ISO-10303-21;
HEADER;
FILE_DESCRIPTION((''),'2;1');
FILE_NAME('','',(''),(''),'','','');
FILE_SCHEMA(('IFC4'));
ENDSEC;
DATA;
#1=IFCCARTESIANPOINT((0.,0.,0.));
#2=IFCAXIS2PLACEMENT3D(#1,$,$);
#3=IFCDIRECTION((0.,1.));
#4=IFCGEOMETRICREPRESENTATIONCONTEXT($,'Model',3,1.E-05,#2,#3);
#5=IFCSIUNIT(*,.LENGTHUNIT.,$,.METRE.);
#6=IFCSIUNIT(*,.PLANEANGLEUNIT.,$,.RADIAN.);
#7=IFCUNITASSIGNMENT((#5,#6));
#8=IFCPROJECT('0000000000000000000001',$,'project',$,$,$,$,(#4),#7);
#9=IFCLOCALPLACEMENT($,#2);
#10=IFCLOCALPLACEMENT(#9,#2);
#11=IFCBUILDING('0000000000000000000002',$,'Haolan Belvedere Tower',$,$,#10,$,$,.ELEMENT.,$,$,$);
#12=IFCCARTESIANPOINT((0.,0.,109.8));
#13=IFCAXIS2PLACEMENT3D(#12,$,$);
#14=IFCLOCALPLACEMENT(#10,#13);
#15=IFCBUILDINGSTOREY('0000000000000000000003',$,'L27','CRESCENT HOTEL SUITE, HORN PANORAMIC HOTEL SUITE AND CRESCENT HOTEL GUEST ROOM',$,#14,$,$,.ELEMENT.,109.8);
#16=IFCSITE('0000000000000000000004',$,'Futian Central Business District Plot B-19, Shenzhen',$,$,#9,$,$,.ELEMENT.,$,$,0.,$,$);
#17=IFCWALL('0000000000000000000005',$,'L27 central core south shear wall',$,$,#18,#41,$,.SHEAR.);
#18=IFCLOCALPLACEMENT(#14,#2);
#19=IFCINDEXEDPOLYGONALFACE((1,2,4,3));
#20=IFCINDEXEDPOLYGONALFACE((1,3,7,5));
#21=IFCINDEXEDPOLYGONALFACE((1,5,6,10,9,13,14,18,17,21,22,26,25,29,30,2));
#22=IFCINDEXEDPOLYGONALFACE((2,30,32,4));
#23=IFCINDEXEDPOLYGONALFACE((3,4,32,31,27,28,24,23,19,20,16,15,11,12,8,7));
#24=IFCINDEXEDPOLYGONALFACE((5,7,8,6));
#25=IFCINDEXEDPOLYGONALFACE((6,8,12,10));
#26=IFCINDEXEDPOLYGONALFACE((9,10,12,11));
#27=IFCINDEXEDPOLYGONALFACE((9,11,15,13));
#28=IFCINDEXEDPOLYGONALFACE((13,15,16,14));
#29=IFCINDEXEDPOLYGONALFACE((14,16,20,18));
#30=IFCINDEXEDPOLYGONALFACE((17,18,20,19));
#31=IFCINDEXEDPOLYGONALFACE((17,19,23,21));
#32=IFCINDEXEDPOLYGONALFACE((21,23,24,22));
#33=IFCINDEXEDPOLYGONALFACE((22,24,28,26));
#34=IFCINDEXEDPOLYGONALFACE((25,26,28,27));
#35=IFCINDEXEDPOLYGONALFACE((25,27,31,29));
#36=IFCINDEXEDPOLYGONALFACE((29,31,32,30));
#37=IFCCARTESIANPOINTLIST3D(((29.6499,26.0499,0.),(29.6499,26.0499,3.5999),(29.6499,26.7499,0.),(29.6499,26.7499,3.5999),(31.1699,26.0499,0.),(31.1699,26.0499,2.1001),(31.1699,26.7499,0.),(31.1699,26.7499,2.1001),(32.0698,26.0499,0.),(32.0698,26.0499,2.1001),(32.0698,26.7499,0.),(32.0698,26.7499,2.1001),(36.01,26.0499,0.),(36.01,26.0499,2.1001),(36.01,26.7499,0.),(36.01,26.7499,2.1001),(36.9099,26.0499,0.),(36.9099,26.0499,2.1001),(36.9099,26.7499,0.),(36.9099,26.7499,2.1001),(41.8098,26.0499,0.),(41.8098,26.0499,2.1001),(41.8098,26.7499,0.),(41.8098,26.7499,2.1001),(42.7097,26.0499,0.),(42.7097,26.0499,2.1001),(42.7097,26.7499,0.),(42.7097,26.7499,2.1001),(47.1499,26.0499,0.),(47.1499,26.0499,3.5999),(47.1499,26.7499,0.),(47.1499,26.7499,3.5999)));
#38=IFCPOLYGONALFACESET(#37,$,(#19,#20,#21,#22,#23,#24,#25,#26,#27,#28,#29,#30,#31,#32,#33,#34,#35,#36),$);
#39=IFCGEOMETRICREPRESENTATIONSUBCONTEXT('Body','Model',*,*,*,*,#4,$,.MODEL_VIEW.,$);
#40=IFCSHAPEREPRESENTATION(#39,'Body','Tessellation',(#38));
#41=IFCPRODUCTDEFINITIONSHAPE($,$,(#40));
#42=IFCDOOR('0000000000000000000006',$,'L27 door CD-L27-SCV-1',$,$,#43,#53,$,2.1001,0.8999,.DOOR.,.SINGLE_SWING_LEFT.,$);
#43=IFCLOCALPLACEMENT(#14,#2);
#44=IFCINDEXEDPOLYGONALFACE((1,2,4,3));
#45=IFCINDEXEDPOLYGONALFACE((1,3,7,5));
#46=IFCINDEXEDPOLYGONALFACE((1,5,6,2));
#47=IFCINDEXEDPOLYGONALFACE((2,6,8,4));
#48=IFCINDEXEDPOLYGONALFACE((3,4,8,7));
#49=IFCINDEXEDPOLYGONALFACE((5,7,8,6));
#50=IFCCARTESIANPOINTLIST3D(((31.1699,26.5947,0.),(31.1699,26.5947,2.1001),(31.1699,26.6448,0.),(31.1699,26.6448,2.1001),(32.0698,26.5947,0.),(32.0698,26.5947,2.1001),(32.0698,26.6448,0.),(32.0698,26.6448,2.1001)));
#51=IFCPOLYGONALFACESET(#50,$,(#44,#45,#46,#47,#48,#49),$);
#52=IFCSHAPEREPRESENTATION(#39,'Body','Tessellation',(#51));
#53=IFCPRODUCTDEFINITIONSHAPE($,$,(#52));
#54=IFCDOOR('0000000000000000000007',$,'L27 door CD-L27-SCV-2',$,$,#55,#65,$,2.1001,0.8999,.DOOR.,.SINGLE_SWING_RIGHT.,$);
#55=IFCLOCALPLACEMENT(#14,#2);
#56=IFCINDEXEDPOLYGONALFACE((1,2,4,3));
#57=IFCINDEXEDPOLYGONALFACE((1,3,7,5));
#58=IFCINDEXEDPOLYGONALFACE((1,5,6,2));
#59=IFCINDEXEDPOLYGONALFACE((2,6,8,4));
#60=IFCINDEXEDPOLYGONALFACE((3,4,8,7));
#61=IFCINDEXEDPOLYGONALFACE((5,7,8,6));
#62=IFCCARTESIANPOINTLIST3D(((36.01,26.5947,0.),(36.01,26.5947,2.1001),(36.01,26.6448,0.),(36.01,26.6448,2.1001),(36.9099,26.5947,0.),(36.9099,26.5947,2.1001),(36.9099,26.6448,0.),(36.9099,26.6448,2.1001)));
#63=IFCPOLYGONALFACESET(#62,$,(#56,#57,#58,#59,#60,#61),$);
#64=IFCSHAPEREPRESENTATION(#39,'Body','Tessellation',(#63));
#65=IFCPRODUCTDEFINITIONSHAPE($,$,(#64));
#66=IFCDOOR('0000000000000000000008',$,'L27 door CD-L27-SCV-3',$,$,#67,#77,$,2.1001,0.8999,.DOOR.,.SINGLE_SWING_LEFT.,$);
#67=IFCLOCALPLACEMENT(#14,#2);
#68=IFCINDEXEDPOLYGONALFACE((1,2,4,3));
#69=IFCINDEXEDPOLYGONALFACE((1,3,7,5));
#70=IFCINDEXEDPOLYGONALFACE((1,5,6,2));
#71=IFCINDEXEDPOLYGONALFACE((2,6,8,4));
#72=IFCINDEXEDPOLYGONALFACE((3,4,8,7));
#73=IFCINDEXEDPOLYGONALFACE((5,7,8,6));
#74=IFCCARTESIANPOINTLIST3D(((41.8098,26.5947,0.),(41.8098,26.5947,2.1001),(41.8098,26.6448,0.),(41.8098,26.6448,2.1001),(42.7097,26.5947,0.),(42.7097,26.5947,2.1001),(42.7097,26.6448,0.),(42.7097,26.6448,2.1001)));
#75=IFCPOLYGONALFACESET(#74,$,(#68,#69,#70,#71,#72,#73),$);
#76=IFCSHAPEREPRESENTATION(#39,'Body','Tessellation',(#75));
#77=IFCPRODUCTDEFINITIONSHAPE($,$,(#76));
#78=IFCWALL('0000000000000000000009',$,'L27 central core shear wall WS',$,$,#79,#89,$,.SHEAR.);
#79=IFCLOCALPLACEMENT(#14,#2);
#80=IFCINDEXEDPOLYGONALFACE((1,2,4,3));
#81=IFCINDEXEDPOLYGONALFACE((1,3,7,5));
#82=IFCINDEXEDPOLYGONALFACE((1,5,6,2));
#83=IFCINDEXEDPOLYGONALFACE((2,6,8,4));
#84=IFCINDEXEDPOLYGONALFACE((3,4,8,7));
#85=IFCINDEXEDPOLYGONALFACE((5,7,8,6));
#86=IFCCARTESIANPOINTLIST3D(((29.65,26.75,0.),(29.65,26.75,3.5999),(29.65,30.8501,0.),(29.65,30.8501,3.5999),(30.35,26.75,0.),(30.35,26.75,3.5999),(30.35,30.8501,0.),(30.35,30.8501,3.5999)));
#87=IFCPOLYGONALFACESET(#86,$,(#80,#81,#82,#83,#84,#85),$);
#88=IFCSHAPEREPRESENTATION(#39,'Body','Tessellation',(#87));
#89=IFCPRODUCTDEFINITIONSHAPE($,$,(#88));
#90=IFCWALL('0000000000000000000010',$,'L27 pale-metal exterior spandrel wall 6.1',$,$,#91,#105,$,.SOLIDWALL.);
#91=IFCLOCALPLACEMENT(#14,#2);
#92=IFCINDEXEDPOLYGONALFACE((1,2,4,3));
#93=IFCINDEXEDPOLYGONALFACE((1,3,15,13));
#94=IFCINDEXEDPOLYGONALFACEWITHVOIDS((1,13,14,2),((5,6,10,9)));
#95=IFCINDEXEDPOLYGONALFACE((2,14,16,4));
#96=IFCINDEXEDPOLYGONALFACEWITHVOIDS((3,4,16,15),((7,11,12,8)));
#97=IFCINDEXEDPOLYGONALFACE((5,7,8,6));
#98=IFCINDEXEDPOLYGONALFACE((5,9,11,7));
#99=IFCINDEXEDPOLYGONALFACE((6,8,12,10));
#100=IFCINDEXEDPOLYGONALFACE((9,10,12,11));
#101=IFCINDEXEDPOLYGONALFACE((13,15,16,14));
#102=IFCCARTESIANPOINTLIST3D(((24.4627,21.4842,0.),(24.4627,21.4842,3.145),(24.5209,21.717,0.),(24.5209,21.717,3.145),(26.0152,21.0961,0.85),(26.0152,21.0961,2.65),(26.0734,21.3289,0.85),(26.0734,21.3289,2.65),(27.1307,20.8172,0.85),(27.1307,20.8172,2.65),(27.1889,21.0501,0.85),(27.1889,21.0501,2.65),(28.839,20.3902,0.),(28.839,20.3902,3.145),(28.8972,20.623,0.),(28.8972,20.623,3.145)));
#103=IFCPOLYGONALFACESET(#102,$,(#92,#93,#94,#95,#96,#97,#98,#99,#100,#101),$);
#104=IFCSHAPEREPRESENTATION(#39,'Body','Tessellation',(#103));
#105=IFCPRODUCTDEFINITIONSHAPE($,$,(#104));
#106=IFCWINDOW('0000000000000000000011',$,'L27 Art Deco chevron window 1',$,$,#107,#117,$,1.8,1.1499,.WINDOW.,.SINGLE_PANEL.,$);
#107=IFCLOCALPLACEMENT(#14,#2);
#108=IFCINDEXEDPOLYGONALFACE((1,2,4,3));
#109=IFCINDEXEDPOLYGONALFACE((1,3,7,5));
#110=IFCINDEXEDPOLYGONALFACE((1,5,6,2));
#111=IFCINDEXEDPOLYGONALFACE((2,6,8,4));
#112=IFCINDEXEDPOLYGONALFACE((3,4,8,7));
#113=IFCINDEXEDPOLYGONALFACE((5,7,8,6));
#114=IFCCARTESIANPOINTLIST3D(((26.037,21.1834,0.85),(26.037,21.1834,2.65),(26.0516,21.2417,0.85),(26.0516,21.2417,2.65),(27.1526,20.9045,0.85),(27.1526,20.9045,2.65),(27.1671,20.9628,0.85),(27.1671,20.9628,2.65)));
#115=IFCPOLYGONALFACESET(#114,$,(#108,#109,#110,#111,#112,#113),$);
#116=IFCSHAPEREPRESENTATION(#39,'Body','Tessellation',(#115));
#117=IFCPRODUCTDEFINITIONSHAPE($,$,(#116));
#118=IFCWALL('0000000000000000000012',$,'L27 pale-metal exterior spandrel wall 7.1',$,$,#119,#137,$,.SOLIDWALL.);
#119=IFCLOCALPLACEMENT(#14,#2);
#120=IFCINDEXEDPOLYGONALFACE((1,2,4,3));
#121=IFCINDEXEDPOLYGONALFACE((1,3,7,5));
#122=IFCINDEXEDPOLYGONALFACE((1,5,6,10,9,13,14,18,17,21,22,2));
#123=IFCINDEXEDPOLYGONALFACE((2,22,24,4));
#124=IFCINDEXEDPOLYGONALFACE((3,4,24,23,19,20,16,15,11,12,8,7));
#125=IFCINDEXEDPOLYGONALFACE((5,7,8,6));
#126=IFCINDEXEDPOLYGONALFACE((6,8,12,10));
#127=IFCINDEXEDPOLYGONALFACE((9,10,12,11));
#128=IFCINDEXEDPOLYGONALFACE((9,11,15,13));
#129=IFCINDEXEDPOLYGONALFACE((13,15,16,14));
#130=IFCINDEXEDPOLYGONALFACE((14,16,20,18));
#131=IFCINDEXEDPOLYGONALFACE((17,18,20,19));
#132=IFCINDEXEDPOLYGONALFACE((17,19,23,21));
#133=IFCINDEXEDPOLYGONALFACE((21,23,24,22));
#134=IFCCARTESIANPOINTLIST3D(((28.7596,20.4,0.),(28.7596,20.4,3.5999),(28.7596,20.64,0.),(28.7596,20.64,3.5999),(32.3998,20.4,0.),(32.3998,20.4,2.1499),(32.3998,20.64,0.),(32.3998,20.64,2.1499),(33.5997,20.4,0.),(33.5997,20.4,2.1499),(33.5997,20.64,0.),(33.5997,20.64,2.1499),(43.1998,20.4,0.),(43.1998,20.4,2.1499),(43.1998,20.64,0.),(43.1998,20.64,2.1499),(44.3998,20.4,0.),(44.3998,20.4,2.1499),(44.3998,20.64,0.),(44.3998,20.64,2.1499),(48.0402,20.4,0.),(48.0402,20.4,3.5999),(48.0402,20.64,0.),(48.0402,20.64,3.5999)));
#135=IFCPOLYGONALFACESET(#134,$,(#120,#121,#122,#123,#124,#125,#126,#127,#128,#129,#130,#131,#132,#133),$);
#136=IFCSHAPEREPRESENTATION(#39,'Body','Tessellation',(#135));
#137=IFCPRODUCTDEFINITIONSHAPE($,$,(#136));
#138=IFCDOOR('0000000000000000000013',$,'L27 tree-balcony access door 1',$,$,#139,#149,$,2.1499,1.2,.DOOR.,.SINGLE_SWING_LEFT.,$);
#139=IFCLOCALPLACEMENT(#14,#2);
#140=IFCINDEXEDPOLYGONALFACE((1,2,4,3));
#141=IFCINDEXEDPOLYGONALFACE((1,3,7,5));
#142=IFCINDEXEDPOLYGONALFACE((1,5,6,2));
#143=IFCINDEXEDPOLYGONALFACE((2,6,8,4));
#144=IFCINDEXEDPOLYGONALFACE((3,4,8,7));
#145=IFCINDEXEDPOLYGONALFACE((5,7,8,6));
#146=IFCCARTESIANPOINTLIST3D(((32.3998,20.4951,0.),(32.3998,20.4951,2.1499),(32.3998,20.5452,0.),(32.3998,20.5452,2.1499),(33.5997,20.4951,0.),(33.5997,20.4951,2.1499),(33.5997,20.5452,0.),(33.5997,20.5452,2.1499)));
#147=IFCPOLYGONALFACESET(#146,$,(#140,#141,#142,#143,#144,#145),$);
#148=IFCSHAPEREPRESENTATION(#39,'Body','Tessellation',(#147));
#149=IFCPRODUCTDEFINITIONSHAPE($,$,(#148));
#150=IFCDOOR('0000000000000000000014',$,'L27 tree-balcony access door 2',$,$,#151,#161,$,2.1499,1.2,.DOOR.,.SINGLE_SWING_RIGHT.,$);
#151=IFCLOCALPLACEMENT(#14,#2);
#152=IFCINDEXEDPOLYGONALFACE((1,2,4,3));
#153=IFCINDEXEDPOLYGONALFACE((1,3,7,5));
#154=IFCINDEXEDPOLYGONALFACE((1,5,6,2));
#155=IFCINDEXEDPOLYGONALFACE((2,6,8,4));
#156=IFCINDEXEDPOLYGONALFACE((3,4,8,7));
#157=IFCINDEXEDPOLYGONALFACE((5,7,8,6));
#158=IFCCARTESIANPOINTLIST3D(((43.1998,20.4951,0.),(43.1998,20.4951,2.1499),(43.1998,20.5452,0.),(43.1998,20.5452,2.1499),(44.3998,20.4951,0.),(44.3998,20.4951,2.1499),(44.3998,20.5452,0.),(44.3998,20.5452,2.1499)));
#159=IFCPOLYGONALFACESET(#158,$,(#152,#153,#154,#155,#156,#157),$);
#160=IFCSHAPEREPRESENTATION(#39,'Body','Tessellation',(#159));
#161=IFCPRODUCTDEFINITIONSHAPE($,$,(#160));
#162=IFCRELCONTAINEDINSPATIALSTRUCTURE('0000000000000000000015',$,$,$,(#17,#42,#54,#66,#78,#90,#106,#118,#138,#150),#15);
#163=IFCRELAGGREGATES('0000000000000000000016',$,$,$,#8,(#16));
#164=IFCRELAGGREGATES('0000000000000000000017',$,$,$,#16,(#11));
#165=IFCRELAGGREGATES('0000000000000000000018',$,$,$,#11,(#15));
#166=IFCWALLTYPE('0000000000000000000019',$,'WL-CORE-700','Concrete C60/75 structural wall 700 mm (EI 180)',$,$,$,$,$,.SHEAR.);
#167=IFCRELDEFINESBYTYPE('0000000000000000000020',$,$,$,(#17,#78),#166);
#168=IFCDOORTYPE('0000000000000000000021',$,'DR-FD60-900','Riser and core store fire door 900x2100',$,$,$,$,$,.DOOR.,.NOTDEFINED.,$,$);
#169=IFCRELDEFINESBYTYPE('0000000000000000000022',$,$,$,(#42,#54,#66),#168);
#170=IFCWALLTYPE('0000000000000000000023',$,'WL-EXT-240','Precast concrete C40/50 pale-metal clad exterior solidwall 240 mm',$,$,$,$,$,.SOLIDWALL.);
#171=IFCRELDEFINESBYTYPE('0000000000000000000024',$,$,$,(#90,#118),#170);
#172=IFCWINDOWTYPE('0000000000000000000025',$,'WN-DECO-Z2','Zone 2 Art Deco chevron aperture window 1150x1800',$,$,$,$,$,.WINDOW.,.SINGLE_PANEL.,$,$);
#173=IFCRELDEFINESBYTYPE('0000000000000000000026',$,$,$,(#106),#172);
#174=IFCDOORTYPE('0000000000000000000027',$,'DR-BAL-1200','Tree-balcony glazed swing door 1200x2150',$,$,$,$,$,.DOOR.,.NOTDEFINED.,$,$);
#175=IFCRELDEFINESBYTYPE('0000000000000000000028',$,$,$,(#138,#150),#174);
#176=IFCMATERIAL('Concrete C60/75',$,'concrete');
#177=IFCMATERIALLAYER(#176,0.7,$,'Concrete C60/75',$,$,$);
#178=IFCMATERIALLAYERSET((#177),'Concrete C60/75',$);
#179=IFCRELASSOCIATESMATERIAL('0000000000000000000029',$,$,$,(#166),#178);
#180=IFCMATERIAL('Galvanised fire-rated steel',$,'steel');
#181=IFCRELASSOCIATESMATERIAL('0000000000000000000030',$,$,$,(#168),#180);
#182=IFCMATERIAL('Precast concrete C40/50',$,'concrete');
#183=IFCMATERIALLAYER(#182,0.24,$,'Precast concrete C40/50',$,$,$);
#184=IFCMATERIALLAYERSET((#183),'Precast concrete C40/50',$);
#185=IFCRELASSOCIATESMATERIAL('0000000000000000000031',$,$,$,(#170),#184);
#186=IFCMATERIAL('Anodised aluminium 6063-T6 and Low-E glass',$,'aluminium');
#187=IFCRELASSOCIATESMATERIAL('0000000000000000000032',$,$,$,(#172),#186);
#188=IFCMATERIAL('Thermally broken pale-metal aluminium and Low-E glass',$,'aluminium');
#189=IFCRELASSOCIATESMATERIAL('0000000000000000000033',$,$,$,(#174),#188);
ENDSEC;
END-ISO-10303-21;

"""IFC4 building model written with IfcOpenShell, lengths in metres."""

from ifc_helpers import new_model, si_unit, direction, frame, frame_2d, origin, place, context, subcontext, project, spatial, rectangle, extrude, material, layer, layer_set, type_object, element, fill, save


model = new_model("IFC4")

# Units and contexts
model_context = context("Model", 3, precision=1e-05, world=origin(), true_north=direction((0.0, 1.0)))
body_context = subcontext(model_context, "Body", "Model", "MODEL_VIEW")
ifc_project = project(units=[si_unit("LENGTHUNIT", "METRE"), si_unit("PLANEANGLEUNIT", "RADIAN")], contexts=[model_context])

# Site, building, storey
site_placement = place(None, origin())
site = spatial("IfcSite", under=ifc_project, at=site_placement, Name="Futian Central Business District Plot B-19, Shenzhen", CompositionType="ELEMENT", RefElevation=0.0)
building_placement = place(site_placement, origin())
building = spatial("IfcBuilding", under=site, at=building_placement, Name="Haolan Belvedere Tower", CompositionType="ELEMENT")
storey_placement = place(building_placement, frame((0.0, 0.0, 109.8)))
storey = spatial("IfcBuildingStorey", under=building, at=storey_placement, Name="L27", Description="CRESCENT HOTEL SUITE, HORN PANORAMIC HOTEL SUITE AND CRESCENT HOTEL GUEST ROOM", CompositionType="ELEMENT", Elevation=109.8)

# Wall, openings, doors
ifc_material_1 = material(Name="Concrete C60/75", Category="concrete")
ifc_layer_1 = layer(ifc_material_1, 0.7, Name="Concrete C60/75")
ifc_layer_set_1 = layer_set([ifc_layer_1], Name="Concrete C60/75")
wall_type_1 = type_object("IfcWallType", Name="WL-CORE-700", Description="Concrete C60/75 structural wall 700 mm (EI 180)", PredefinedType="SHEAR", material=ifc_layer_set_1)
wall_1_placement = place(storey_placement, frame((29.6499, 26.3999, 0.0), z_axis=(0.0, 0.0, 1.0), x_axis=(1.0, 0.0, 0.0)))
wall_1 = element("IfcWall", 1, at=wall_1_placement, inside=storey, type_object=wall_type_1, Name="L27 central core south shear wall", PredefinedType="SHEAR", context=body_context, shape_type="SweptSolid", body=[
    extrude(rectangle(XDim=17.5, YDim=0.7, at=frame_2d((8.75, 0.0))), origin(), (0.0, 0.0, 1.0), 3.5999),
])
opening_1_placement = place(wall_1_placement, frame((2.4199, 0.0, 0.0), z_axis=(0.0, 0.0, 1.0), x_axis=(-1.0, 0.0, 0.0)))
opening_1 = element("IfcOpeningElement", 2, at=opening_1_placement, cuts=wall_1, PredefinedType="OPENING", context=body_context, shape_type="SweptSolid", body=[
    extrude(rectangle(XDim=0.8999, YDim=2.1001, at=frame_2d((0.45, 1.05))), frame((0.0, 0.3599, 0.0), z_axis=(0.0, -1.0, 0.0), x_axis=(1.0, 0.0, 0.0)), (0.0, 0.0, 1.0), 0.72),
])
opening_2_placement = place(wall_1_placement, frame((7.26, 0.0, 0.0), z_axis=(0.0, 0.0, 1.0), x_axis=(-1.0, 0.0, 0.0)))
opening_2 = element("IfcOpeningElement", 3, at=opening_2_placement, cuts=wall_1, PredefinedType="OPENING", context=body_context, shape_type="SweptSolid", body=[
    extrude(rectangle(XDim=0.8999, YDim=2.1001, at=frame_2d((0.45, 1.05))), frame((0.0, 0.3599, 0.0), z_axis=(0.0, -1.0, 0.0), x_axis=(1.0, 0.0, 0.0)), (0.0, 0.0, 1.0), 0.72),
])
opening_3_placement = place(wall_1_placement, frame((13.0598, 0.0, 0.0), z_axis=(0.0, 0.0, 1.0), x_axis=(-1.0, 0.0, 0.0)))
opening_3 = element("IfcOpeningElement", 4, at=opening_3_placement, cuts=wall_1, PredefinedType="OPENING", context=body_context, shape_type="SweptSolid", body=[
    extrude(rectangle(XDim=0.8999, YDim=2.1001, at=frame_2d((0.45, 1.05))), frame((0.0, 0.3599, 0.0), z_axis=(0.0, -1.0, 0.0), x_axis=(1.0, 0.0, 0.0)), (0.0, 0.0, 1.0), 0.72),
])
ifc_material_2 = material(Name="Galvanised fire-rated steel", Category="steel")
door_type_1 = type_object("IfcDoorType", Name="DR-FD60-900", Description="Riser and core store fire door 900x2100", OperationType="NOTDEFINED", PredefinedType="DOOR", material=ifc_material_2)
door_1_placement = place(opening_1_placement, origin())
door_1 = element("IfcDoor", 5, at=door_1_placement, inside=storey, type_object=door_type_1, Name="L27 door CD-L27-SCV-1", OperationType="SINGLE_SWING_LEFT", OverallHeight=2.1001, OverallWidth=0.8999, PredefinedType="DOOR", context=body_context, shape_type="SweptSolid", body=[
    extrude(rectangle(XDim=0.8999, YDim=2.1001, at=frame_2d((0.45, 1.05))), frame((0.0, -0.1948, 0.0), z_axis=(0.0, -1.0, 0.0), x_axis=(1.0, 0.0, 0.0)), (0.0, 0.0, 1.0), 0.05),
])
fill(opening_1, door_1)
door_2_placement = place(opening_2_placement, origin())
door_2 = element("IfcDoor", 6, at=door_2_placement, inside=storey, type_object=door_type_1, Name="L27 door CD-L27-SCV-2", OperationType="SINGLE_SWING_RIGHT", OverallHeight=2.1001, OverallWidth=0.8999, PredefinedType="DOOR", context=body_context, shape_type="SweptSolid", body=[
    extrude(rectangle(XDim=0.8999, YDim=2.1001, at=frame_2d((0.45, 1.05))), frame((0.0, -0.1948, 0.0), z_axis=(0.0, -1.0, 0.0), x_axis=(1.0, 0.0, 0.0)), (0.0, 0.0, 1.0), 0.05),
])
fill(opening_2, door_2)
door_3_placement = place(opening_3_placement, origin())
door_3 = element("IfcDoor", 7, at=door_3_placement, inside=storey, type_object=door_type_1, Name="L27 door CD-L27-SCV-3", OperationType="SINGLE_SWING_LEFT", OverallHeight=2.1001, OverallWidth=0.8999, PredefinedType="DOOR", context=body_context, shape_type="SweptSolid", body=[
    extrude(rectangle(XDim=0.8999, YDim=2.1001, at=frame_2d((0.45, 1.05))), frame((0.0, -0.1948, 0.0), z_axis=(0.0, -1.0, 0.0), x_axis=(1.0, 0.0, 0.0)), (0.0, 0.0, 1.0), 0.05),
])
fill(opening_3, door_3)

# Wall
wall_2_placement = place(storey_placement, frame((30.0, 26.75, 0.0), z_axis=(0.0, 0.0, 1.0), x_axis=(0.0, 1.0, 0.0)))
element("IfcWall", 8, at=wall_2_placement, inside=storey, type_object=wall_type_1, Name="L27 central core shear wall WS", PredefinedType="SHEAR", context=body_context, shape_type="SweptSolid", body=[
    extrude(rectangle(XDim=4.1001, YDim=0.7, at=frame_2d((2.05, 0.0))), origin(), (0.0, 0.0, 1.0), 3.5999),
])

# Wall, opening, window
ifc_material_3 = material(Name="Precast concrete C40/50", Category="concrete")
ifc_layer_2 = layer(ifc_material_3, 0.24, Name="Precast concrete C40/50")
ifc_layer_set_2 = layer_set([ifc_layer_2], Name="Precast concrete C40/50")
wall_type_2 = type_object("IfcWallType", Name="WL-EXT-240", Description="Precast concrete C40/50 pale-metal clad exterior solidwall 240 mm", PredefinedType="SOLIDWALL", material=ifc_layer_set_2)
wall_3_placement = place(storey_placement, frame((24.4919, 21.6006, 0.0), z_axis=(0.0, 0.0, 1.0), x_axis=(0.970146, -0.242523, 0.0)))
wall_3 = element("IfcWall", 9, at=wall_3_placement, inside=storey, type_object=wall_type_2, Name="L27 pale-metal exterior spandrel wall 6.1", PredefinedType="SOLIDWALL", context=body_context, shape_type="SweptSolid", body=[
    extrude(rectangle(XDim=4.511, YDim=0.24, at=frame_2d((2.2554, 0.0))), origin(), (0.0, 0.0, 1.0), 3.145),
])
opening_4_placement = place(wall_3_placement, frame((1.6001, 0.0, 0.8501)))
opening_4 = element("IfcOpeningElement", 10, at=opening_4_placement, cuts=wall_3, PredefinedType="OPENING", context=body_context, shape_type="SweptSolid", body=[
    extrude(rectangle(XDim=1.1499, YDim=1.8, at=frame_2d((0.575, 0.8999))), frame((0.0, 0.1299, 0.0), z_axis=(0.0, -1.0, 0.0), x_axis=(1.0, 0.0, 0.0)), (0.0, 0.0, 1.0), 0.26),
])
ifc_material_4 = material(Name="Anodised aluminium 6063-T6 and Low-E glass", Category="aluminium")
window_type = type_object("IfcWindowType", Name="WN-DECO-Z2", Description="Zone 2 Art Deco chevron aperture window 1150x1800", PartitioningType="SINGLE_PANEL", PredefinedType="WINDOW", material=ifc_material_4)
window_placement = place(opening_4_placement, origin())
window = element("IfcWindow", 11, at=window_placement, inside=storey, type_object=window_type, Name="L27 Art Deco chevron window 1", OverallHeight=1.8, OverallWidth=1.1499, PartitioningType="SINGLE_PANEL", PredefinedType="WINDOW", context=body_context, shape_type="SweptSolid", body=[
    extrude(rectangle(XDim=1.1499, YDim=1.8, at=frame_2d((0.575, 0.8999))), frame((0.0, 0.03, 0.0), z_axis=(0.0, -1.0, 0.0), x_axis=(1.0, 0.0, 0.0)), (0.0, 0.0, 1.0), 0.0601),
])
fill(opening_4, window)

# Wall, openings, doors
wall_4_placement = place(storey_placement, frame((28.7598, 20.52, 0.0), z_axis=(0.0, 0.0, 1.0), x_axis=(1.0, 0.0, 0.0)))
wall_4 = element("IfcWall", 12, at=wall_4_placement, inside=storey, type_object=wall_type_2, Name="L27 pale-metal exterior spandrel wall 7.1", PredefinedType="SOLIDWALL", context=body_context, shape_type="SweptSolid", body=[
    extrude(rectangle(XDim=19.2805, YDim=0.24, at=frame_2d((9.6401, 0.0))), origin(), (0.0, 0.0, 1.0), 3.5999),
])
opening_5_placement = place(wall_4_placement, frame((4.8401, 0.0, 0.0), z_axis=(0.0, 0.0, 1.0), x_axis=(-1.0, 0.0, 0.0)))
opening_5 = element("IfcOpeningElement", 13, at=opening_5_placement, cuts=wall_4, PredefinedType="OPENING", context=body_context, shape_type="SweptSolid", body=[
    extrude(rectangle(XDim=1.2, YDim=2.1499, at=frame_2d((0.6001, 1.075))), frame((0.0, 0.1299, 0.0), z_axis=(0.0, -1.0, 0.0), x_axis=(1.0, 0.0, 0.0)), (0.0, 0.0, 1.0), 0.26),
])
opening_6_placement = place(wall_4_placement, frame((15.6401, 0.0, 0.0), z_axis=(0.0, 0.0, 1.0), x_axis=(-1.0, 0.0, 0.0)))
opening_6 = element("IfcOpeningElement", 14, at=opening_6_placement, cuts=wall_4, PredefinedType="OPENING", context=body_context, shape_type="SweptSolid", body=[
    extrude(rectangle(XDim=1.2, YDim=2.1499, at=frame_2d((0.6001, 1.075))), frame((0.0, 0.1299, 0.0), z_axis=(0.0, -1.0, 0.0), x_axis=(1.0, 0.0, 0.0)), (0.0, 0.0, 1.0), 0.26),
])
ifc_material_5 = material(Name="Thermally broken pale-metal aluminium and Low-E glass", Category="aluminium")
door_type_2 = type_object("IfcDoorType", Name="DR-BAL-1200", Description="Tree-balcony glazed swing door 1200x2150", OperationType="NOTDEFINED", PredefinedType="DOOR", material=ifc_material_5)
door_4_placement = place(opening_5_placement, origin())
door_4 = element("IfcDoor", 15, at=door_4_placement, inside=storey, type_object=door_type_2, Name="L27 tree-balcony access door 1", OperationType="SINGLE_SWING_LEFT", OverallHeight=2.1499, OverallWidth=1.2, PredefinedType="DOOR", context=body_context, shape_type="SweptSolid", body=[
    extrude(rectangle(XDim=1.2, YDim=2.1499, at=frame_2d((0.6001, 1.075))), frame((0.0, 0.0249, 0.0), z_axis=(0.0, -1.0, 0.0), x_axis=(1.0, 0.0, 0.0)), (0.0, 0.0, 1.0), 0.05),
])
fill(opening_5, door_4)
door_5_placement = place(opening_6_placement, origin())
door_5 = element("IfcDoor", 16, at=door_5_placement, inside=storey, type_object=door_type_2, Name="L27 tree-balcony access door 2", OperationType="SINGLE_SWING_RIGHT", OverallHeight=2.1499, OverallWidth=1.2, PredefinedType="DOOR", context=body_context, shape_type="SweptSolid", body=[
    extrude(rectangle(XDim=1.2, YDim=2.1499, at=frame_2d((0.6001, 1.075))), frame((0.0, 0.0249, 0.0), z_axis=(0.0, -1.0, 0.0), x_axis=(1.0, 0.0, 0.0)), (0.0, 0.0, 1.0), 0.05),
])
fill(opening_6, door_5)

save(model, "model.ifc")
